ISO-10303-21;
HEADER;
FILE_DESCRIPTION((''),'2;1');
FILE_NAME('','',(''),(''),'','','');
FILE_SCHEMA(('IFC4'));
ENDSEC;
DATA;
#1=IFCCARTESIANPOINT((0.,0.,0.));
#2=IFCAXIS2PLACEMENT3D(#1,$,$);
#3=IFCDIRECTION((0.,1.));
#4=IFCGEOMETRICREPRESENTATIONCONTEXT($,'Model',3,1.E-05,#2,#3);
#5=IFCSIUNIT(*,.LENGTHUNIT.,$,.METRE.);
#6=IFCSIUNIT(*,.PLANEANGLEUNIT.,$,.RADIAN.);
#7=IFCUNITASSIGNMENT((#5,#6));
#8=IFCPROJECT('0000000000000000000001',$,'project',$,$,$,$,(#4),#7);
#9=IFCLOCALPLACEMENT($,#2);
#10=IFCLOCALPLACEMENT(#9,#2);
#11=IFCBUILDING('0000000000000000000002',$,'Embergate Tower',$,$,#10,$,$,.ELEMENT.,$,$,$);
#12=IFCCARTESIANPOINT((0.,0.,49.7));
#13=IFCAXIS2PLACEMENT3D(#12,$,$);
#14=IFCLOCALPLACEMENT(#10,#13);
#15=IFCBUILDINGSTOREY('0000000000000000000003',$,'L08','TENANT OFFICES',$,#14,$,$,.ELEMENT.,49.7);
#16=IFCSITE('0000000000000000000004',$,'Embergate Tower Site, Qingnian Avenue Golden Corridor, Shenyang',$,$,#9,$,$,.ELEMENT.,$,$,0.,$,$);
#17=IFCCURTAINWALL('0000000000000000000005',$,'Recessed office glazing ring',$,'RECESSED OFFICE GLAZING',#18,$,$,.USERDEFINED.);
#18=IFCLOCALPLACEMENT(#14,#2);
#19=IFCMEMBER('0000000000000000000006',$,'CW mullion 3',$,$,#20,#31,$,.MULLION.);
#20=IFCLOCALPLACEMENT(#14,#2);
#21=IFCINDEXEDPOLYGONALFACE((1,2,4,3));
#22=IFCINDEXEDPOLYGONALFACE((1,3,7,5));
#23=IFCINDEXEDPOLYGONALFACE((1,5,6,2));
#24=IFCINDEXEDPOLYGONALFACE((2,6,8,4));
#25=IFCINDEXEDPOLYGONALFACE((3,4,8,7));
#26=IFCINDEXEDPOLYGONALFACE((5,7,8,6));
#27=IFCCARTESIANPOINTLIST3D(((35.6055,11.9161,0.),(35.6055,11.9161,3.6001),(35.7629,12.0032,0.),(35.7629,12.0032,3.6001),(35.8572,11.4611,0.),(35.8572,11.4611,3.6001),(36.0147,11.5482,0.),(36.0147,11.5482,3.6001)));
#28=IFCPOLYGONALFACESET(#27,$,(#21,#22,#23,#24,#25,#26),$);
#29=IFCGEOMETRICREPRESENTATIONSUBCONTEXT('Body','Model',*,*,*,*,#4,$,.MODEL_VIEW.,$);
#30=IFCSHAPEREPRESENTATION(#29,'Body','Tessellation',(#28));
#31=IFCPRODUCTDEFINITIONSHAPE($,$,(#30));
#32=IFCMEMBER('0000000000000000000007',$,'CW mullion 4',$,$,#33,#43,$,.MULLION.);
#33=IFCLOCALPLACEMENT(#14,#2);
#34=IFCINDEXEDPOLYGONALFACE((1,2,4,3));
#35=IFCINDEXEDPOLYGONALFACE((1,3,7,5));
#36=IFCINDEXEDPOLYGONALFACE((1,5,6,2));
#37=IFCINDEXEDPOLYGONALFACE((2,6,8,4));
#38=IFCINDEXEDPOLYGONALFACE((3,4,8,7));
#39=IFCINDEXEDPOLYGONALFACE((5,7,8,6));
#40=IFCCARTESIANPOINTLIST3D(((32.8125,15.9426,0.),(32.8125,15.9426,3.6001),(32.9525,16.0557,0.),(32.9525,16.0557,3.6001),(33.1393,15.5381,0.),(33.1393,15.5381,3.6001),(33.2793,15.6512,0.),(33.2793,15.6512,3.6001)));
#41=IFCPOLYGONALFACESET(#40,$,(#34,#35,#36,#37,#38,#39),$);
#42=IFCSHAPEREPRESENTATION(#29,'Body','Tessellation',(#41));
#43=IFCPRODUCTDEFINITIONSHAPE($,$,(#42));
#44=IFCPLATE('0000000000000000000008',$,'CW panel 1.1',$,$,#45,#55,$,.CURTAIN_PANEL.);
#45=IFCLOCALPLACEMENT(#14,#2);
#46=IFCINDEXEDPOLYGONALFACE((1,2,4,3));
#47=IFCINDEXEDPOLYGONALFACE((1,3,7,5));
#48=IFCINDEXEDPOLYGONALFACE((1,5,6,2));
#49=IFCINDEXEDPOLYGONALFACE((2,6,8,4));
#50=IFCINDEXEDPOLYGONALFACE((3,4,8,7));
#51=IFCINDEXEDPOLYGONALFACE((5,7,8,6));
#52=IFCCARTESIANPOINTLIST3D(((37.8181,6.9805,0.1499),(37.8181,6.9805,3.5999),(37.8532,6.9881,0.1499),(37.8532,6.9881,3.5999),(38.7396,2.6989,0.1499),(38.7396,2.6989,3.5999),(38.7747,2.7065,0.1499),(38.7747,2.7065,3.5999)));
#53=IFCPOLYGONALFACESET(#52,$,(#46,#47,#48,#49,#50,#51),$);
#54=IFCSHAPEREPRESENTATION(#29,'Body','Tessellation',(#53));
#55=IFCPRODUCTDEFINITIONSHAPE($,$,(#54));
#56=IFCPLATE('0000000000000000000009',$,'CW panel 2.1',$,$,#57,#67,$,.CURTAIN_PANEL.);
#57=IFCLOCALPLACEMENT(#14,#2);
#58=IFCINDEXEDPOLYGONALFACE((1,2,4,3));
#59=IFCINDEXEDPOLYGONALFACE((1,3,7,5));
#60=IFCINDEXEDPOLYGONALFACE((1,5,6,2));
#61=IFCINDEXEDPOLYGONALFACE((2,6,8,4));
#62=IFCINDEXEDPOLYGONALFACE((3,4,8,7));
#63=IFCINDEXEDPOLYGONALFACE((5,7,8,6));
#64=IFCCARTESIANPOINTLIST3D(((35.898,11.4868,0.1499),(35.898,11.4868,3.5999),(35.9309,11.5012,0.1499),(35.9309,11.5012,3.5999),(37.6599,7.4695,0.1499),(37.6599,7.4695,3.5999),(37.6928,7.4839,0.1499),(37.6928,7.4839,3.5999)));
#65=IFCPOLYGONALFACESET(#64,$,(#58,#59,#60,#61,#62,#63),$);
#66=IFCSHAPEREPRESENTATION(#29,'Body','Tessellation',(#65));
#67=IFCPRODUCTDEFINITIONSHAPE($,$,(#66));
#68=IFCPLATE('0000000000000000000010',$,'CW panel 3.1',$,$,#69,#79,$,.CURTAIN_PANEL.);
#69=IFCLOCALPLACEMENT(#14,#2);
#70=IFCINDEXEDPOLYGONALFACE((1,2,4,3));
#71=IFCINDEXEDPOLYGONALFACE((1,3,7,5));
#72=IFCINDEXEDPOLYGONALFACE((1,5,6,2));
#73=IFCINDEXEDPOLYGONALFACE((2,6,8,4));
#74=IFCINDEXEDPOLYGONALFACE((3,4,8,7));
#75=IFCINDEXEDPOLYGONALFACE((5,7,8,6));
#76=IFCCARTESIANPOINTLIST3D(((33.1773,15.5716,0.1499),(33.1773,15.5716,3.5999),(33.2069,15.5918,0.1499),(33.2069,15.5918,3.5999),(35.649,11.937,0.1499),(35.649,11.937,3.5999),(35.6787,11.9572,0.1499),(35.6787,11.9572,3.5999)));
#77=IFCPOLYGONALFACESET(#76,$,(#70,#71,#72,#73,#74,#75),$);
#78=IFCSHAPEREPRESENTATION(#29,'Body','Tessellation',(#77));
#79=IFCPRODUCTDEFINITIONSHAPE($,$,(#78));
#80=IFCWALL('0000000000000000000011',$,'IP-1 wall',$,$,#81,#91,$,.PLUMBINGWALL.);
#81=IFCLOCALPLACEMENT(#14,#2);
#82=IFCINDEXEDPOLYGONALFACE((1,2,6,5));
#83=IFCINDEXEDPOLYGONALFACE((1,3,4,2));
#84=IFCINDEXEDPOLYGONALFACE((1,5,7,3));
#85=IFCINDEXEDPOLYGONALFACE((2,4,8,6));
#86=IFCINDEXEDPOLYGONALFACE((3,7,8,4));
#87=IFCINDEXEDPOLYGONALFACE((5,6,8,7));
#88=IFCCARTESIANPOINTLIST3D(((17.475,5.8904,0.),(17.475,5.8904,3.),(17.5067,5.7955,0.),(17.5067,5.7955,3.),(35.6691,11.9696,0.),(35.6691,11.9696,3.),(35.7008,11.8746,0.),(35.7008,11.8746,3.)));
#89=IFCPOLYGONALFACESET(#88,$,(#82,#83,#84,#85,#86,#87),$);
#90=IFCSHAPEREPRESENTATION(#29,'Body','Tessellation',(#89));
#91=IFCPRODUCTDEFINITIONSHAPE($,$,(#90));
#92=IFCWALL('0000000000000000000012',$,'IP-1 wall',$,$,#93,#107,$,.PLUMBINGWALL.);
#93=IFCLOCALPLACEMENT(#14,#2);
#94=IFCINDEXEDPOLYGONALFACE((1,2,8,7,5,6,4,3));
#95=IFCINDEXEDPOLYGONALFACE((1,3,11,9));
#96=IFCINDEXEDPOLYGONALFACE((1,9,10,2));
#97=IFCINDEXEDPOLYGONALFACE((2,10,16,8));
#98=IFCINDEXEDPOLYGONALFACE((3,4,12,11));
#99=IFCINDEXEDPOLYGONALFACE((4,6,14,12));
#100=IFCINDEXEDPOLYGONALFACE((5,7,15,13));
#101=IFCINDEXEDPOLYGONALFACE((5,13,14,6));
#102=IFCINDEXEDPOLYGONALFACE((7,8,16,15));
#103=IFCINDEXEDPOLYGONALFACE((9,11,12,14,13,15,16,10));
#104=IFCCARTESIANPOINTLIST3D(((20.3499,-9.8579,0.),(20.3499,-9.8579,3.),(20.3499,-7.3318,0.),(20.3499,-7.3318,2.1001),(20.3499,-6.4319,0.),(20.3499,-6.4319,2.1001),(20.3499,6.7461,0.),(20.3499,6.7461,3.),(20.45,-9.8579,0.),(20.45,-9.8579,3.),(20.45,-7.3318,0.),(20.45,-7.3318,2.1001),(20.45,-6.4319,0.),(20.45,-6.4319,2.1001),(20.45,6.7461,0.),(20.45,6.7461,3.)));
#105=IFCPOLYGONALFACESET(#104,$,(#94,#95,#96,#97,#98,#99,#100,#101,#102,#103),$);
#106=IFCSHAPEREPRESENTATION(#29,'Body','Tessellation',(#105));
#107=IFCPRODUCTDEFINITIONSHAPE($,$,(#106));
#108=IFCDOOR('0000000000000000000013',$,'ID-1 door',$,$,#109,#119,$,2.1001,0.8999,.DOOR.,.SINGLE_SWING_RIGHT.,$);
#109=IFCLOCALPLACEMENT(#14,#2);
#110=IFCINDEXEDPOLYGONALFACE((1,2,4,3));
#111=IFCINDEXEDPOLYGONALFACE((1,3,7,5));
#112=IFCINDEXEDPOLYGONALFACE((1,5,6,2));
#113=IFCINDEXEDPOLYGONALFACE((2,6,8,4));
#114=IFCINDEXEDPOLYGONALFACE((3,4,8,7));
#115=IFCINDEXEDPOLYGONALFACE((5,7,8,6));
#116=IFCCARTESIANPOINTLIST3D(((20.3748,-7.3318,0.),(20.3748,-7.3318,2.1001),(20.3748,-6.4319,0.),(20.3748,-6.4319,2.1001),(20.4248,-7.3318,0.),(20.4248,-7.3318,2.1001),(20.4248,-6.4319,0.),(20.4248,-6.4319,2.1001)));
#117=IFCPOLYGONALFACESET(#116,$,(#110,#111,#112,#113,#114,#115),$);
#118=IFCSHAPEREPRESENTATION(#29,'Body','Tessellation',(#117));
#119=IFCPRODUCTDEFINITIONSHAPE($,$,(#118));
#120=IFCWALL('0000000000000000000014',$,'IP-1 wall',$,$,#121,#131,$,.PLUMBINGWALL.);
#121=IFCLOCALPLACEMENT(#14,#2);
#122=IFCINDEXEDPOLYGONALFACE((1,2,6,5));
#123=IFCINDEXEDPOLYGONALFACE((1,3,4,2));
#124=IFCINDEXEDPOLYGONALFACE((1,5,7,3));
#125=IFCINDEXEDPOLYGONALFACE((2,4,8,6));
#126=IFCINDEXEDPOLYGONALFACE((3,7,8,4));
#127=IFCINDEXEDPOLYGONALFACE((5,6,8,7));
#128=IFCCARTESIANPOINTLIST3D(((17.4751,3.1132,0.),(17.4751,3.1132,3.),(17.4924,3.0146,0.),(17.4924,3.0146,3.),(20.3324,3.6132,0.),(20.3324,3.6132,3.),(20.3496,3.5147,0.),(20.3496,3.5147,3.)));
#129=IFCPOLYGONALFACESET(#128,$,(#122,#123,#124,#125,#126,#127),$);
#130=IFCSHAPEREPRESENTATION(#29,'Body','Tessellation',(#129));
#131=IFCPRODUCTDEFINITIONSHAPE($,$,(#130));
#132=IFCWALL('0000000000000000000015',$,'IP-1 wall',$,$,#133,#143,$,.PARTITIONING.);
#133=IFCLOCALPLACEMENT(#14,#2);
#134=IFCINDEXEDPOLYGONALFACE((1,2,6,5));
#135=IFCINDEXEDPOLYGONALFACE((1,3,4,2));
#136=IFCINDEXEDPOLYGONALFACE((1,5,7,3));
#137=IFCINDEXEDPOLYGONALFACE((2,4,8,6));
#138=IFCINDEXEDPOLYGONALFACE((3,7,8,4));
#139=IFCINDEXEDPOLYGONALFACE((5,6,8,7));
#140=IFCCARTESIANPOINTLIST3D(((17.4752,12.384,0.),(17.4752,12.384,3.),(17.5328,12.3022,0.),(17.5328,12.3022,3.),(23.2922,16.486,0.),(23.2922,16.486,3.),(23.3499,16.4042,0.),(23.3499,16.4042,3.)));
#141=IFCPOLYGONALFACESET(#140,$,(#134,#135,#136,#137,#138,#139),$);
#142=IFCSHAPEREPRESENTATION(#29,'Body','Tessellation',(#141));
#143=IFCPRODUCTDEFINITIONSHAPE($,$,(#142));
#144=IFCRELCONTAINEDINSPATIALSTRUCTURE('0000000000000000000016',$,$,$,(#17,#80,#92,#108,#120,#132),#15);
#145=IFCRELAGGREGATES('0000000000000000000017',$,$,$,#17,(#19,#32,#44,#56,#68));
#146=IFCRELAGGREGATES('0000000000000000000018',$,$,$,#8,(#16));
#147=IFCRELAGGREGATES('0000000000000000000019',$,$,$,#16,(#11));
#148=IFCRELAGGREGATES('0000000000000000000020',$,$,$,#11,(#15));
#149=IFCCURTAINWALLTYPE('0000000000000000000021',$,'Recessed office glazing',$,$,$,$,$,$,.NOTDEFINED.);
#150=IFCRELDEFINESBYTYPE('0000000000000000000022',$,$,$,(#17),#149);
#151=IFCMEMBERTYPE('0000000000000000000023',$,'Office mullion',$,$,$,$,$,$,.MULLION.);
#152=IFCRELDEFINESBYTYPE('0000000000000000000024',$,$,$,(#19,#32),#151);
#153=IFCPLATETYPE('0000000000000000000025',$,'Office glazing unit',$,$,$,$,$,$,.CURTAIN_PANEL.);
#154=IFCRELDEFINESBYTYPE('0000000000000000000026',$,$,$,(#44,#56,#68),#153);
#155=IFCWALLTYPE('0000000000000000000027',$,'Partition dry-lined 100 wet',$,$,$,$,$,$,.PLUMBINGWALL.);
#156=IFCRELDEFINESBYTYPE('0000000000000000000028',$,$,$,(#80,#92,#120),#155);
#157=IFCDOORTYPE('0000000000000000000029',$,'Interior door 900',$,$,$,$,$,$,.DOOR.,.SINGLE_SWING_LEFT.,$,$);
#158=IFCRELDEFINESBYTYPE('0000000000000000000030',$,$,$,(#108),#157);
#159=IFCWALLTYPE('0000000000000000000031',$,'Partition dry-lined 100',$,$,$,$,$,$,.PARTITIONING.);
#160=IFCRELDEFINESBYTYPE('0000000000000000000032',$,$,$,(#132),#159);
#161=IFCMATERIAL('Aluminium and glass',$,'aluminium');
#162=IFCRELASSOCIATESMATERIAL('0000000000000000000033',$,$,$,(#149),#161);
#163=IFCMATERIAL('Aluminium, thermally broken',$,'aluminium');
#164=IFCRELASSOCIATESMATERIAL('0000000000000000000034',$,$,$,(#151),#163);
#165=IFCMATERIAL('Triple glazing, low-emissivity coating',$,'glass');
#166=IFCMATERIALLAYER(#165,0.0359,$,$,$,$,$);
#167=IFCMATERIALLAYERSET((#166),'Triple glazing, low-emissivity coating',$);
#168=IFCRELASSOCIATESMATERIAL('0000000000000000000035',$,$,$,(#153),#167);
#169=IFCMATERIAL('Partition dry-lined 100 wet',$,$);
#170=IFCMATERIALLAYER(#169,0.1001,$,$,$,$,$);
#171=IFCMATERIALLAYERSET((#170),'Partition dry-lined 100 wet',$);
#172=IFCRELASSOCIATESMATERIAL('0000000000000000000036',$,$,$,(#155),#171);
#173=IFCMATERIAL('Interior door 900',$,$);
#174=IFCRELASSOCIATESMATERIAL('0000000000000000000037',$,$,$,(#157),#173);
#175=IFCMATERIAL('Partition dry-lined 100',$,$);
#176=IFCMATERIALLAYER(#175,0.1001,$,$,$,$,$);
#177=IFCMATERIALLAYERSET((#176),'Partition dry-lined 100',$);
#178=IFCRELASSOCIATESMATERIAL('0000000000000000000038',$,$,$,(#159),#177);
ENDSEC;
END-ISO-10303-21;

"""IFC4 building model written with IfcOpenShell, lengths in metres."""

from ifc_helpers import new_model, si_unit, direction, frame, frame_2d, origin, origin_2d, place, context, subcontext, project, spatial, rectangle, extrude, source, transform, mapped, material, layer, layer_set, material_profile, profile_set, type_object, element, fill, aggregate, save


model = new_model("IFC4")

# Units and contexts
model_context = context("Model", 3, precision=1e-05, world=origin(), true_north=direction((0.0, 1.0)))
body_context = subcontext(model_context, "Body", "Model", "MODEL_VIEW")
ifc_project = project(units=[si_unit("LENGTHUNIT", "METRE"), si_unit("PLANEANGLEUNIT", "RADIAN")], contexts=[model_context])

# Site, building, storey
site_placement = place(None, origin())
site = spatial("IfcSite", under=ifc_project, at=site_placement, Name="Embergate Tower Site, Qingnian Avenue Golden Corridor, Shenyang", CompositionType="ELEMENT", RefElevation=0.0)
building_placement = place(site_placement, origin())
building = spatial("IfcBuilding", under=site, at=building_placement, Name="Embergate Tower", CompositionType="ELEMENT")
storey_placement = place(building_placement, frame((0.0, 0.0, 49.7)))
storey = spatial("IfcBuildingStorey", under=building, at=storey_placement, Name="L08", Description="TENANT OFFICES", CompositionType="ELEMENT", Elevation=49.7)

# Curtain wall, members, plates
ifc_material_1 = material(Name="Aluminium and glass", Category="aluminium")
curtain_wall_type = type_object("IfcCurtainWallType", Name="Recessed office glazing", PredefinedType="NOTDEFINED", material=ifc_material_1)
curtain_wall_placement = place(storey_placement, origin())
curtain_wall = element("IfcCurtainWall", 1, at=curtain_wall_placement, inside=storey, type_object=curtain_wall_type, Name="Recessed office glazing ring", ObjectType="RECESSED OFFICE GLAZING", PredefinedType="USERDEFINED")
ifc_material_2 = material(Name="Aluminium, thermally broken", Category="aluminium")
ifc_material_profile_1 = material_profile(ifc_material_2, rectangle(XDim=0.1799, YDim=0.52, at=origin_2d()), Name="AL 520x180")
ifc_profile_set_1 = profile_set([ifc_material_profile_1], Name="Aluminium, thermally broken")
member_type_1 = type_object("IfcMemberType", Name="Office mullion", PredefinedType="MULLION", material=ifc_profile_set_1)
shared_shape_1 = source(origin(), body_context, "Body", "SweptSolid", [
    extrude(rectangle(XDim=0.1799, YDim=0.52, at=origin_2d()), origin(), (0.0, 0.0, 1.0), 3.6001),
])
member_1_placement = place(storey_placement, frame((35.8101, 11.7322, 0.0), z_axis=(0.0, 0.0, 1.0), x_axis=(-0.875004, -0.484115, 0.0)))
member_1 = element("IfcMember", 2, at=member_1_placement, type_object=member_type_1, Name="CW mullion 3", PredefinedType="MULLION", context=body_context, shape_type="MappedRepresentation", body=[
    mapped(shared_shape_1, transform((0.0, 0.0, 0.0))),
])
member_2_placement = place(storey_placement, frame((33.0459, 15.7969, 0.0), z_axis=(0.0, 0.0, 1.0), x_axis=(-0.777876, -0.628418, 0.0)))
member_2 = element("IfcMember", 3, at=member_2_placement, type_object=member_type_1, Name="CW mullion 4", PredefinedType="MULLION", context=body_context, shape_type="MappedRepresentation", body=[
    mapped(shared_shape_1, transform((0.0, 0.0, 0.0))),
])
ifc_material_3 = material(Name="Triple glazing, low-emissivity coating", Category="glass")
ifc_layer_1 = layer(ifc_material_3, 0.0359)
ifc_layer_set_1 = layer_set([ifc_layer_1], Name="Triple glazing, low-emissivity coating")
plate_type = type_object("IfcPlateType", Name="Office glazing unit", PredefinedType="CURTAIN_PANEL", material=ifc_layer_set_1)
shared_shape_2 = source(origin(), body_context, "Body", "SweptSolid", [
    extrude(rectangle(XDim=4.3796, YDim=0.0359, at=origin_2d()), origin(), (0.0, 0.0, 1.0), 3.45),
])
plate_1_placement = place(storey_placement, frame((38.2964, 4.8435, 0.1499), z_axis=(0.0, 0.0, 1.0), x_axis=(-0.210398, 0.977616, 0.0)))
plate_1 = element("IfcPlate", 4, at=plate_1_placement, type_object=plate_type, Name="CW panel 1.1", PredefinedType="CURTAIN_PANEL", context=body_context, shape_type="MappedRepresentation", body=[
    mapped(shared_shape_2, transform((0.0, 0.0, 0.0))),
])
shared_shape_3 = source(origin(), body_context, "Body", "SweptSolid", [
    extrude(rectangle(XDim=4.3867, YDim=0.0359, at=origin_2d()), origin(), (0.0, 0.0, 1.0), 3.45),
])
plate_2_placement = place(storey_placement, frame((36.7954, 9.4854, 0.1499), z_axis=(0.0, 0.0, 1.0), x_axis=(-0.401652, 0.915792, 0.0)))
plate_2 = element("IfcPlate", 5, at=plate_2_placement, type_object=plate_type, Name="CW panel 2.1", PredefinedType="CURTAIN_PANEL", context=body_context, shape_type="MappedRepresentation", body=[
    mapped(shared_shape_3, transform((0.0, 0.0, 0.0))),
])
shared_shape_4 = source(origin(), body_context, "Body", "SweptSolid", [
    extrude(rectangle(XDim=4.3955, YDim=0.0359, at=origin_2d()), origin(), (0.0, 0.0, 1.0), 3.45),
])
plate_3_placement = place(storey_placement, frame((34.428, 13.7644, 0.1499), z_axis=(0.0, 0.0, 1.0), x_axis=(-0.562342, 0.826905, 0.0)))
plate_3 = element("IfcPlate", 6, at=plate_3_placement, type_object=plate_type, Name="CW panel 3.1", PredefinedType="CURTAIN_PANEL", context=body_context, shape_type="MappedRepresentation", body=[
    mapped(shared_shape_4, transform((0.0, 0.0, 0.0))),
])
aggregate(curtain_wall, [member_1, member_2, plate_1, plate_2, plate_3])

# Wall
ifc_material_4 = material(Name="Partition dry-lined 100 wet")
ifc_layer_2 = layer(ifc_material_4, 0.1001)
ifc_layer_set_2 = layer_set([ifc_layer_2], Name="Partition dry-lined 100 wet")
wall_type_1 = type_object("IfcWallType", Name="Partition dry-lined 100 wet", PredefinedType="PLUMBINGWALL", material=ifc_layer_set_2)
shared_shape_5 = source(origin(), body_context, "Body", "SweptSolid", [
    extrude(rectangle(XDim=19.1829, YDim=0.1001, at=frame_2d((9.5913, 0.0))), origin(), (0.0, 0.0, 1.0), 3.0),
])
wall_1_placement = place(storey_placement, frame((17.491, 5.843, 0.0), z_axis=(0.0, 0.0, 1.0), x_axis=(0.948458, 0.316903, 0.0)))
element("IfcWall", 7, at=wall_1_placement, inside=storey, type_object=wall_type_1, Name="IP-1 wall", PredefinedType="PLUMBINGWALL", context=body_context, shape_type="MappedRepresentation", body=[
    mapped(shared_shape_5, transform((0.0, 0.0, 0.0))),
])

# Wall, opening, door
shared_shape_6 = source(origin(), body_context, "Body", "SweptSolid", [
    extrude(rectangle(XDim=16.604, YDim=0.1001, at=frame_2d((8.302, 0.0))), origin(), (0.0, 0.0, 1.0), 3.0),
])
wall_2_placement = place(storey_placement, frame((20.3999, 6.7461, 0.0), z_axis=(0.0, 0.0, 1.0), x_axis=(0.0, -1.0, 0.0)))
wall_2 = element("IfcWall", 8, at=wall_2_placement, inside=storey, type_object=wall_type_1, Name="IP-1 wall", PredefinedType="PLUMBINGWALL", context=body_context, shape_type="MappedRepresentation", body=[
    mapped(shared_shape_6, transform((0.0, 0.0, 0.0))),
])
shared_shape_7 = source(origin(), body_context, "Body", "SweptSolid", [
    extrude(rectangle(XDim=0.8999, YDim=2.1001, at=frame_2d((0.45, 1.05))), frame((0.0, 0.0601, 0.0), z_axis=(0.0, -1.0, 0.0), x_axis=(1.0, 0.0, 0.0)), (0.0, 0.0, 1.0), 0.1201),
])
opening_placement = place(wall_2_placement, frame((13.178, 0.0, 0.0)))
opening = element("IfcOpeningElement", 9, at=opening_placement, cuts=wall_2, PredefinedType="OPENING", context=body_context, shape_type="MappedRepresentation", body=[
    mapped(shared_shape_7, transform((0.0, 0.0, 0.0))),
])
ifc_material_5 = material(Name="Interior door 900")
door_type = type_object("IfcDoorType", Name="Interior door 900", OperationType="SINGLE_SWING_LEFT", PredefinedType="DOOR", material=ifc_material_5)
shared_shape_8 = source(origin(), body_context, "Body", "SweptSolid", [
    extrude(rectangle(XDim=0.8999, YDim=2.1001, at=frame_2d((0.45, 1.05))), frame((0.0, 0.0249, 0.0), z_axis=(0.0, -1.0, 0.0), x_axis=(1.0, 0.0, 0.0)), (0.0, 0.0, 1.0), 0.05),
])
door_placement = place(opening_placement, origin())
door = element("IfcDoor", 10, at=door_placement, inside=storey, type_object=door_type, Name="ID-1 door", OperationType="SINGLE_SWING_RIGHT", OverallHeight=2.1001, OverallWidth=0.8999, PredefinedType="DOOR", context=body_context, shape_type="MappedRepresentation", body=[
    mapped(shared_shape_8, transform((0.0, 0.0, 0.0))),
])
fill(opening, door)

# Walls
shared_shape_9 = source(origin(), body_context, "Body", "SweptSolid", [
    extrude(rectangle(XDim=2.9006, YDim=0.1001, at=frame_2d((1.4502, 0.0))), origin(), (0.0, 0.0, 1.0), 3.0),
])
wall_3_placement = place(storey_placement, frame((17.4839, 3.064, 0.0), z_axis=(0.0, 0.0, 1.0), x_axis=(0.985031, 0.172378, 0.0)))
element("IfcWall", 11, at=wall_3_placement, inside=storey, type_object=wall_type_1, Name="IP-1 wall", PredefinedType="PLUMBINGWALL", context=body_context, shape_type="MappedRepresentation", body=[
    mapped(shared_shape_9, transform((0.0, 0.0, 0.0))),
])
ifc_material_6 = material(Name="Partition dry-lined 100")
ifc_layer_3 = layer(ifc_material_6, 0.1001)
ifc_layer_set_3 = layer_set([ifc_layer_3], Name="Partition dry-lined 100")
wall_type_2 = type_object("IfcWallType", Name="Partition dry-lined 100", PredefinedType="PARTITIONING", material=ifc_layer_set_3)
shared_shape_10 = source(origin(), body_context, "Body", "SweptSolid", [
    extrude(rectangle(XDim=7.1179, YDim=0.1001, at=frame_2d((3.5591, 0.0))), origin(), (0.0, 0.0, 1.0), 3.0),
])
wall_4_placement = place(storey_placement, frame((17.5039, 12.343, 0.0), z_axis=(0.0, 0.0, 1.0), x_axis=(0.817243, 0.576293, 0.0)))
element("IfcWall", 12, at=wall_4_placement, inside=storey, type_object=wall_type_2, Name="IP-1 wall", PredefinedType="PARTITIONING", context=body_context, shape_type="MappedRepresentation", body=[
    mapped(shared_shape_10, transform((0.0, 0.0, 0.0))),
])

save(model, "model.ifc")
